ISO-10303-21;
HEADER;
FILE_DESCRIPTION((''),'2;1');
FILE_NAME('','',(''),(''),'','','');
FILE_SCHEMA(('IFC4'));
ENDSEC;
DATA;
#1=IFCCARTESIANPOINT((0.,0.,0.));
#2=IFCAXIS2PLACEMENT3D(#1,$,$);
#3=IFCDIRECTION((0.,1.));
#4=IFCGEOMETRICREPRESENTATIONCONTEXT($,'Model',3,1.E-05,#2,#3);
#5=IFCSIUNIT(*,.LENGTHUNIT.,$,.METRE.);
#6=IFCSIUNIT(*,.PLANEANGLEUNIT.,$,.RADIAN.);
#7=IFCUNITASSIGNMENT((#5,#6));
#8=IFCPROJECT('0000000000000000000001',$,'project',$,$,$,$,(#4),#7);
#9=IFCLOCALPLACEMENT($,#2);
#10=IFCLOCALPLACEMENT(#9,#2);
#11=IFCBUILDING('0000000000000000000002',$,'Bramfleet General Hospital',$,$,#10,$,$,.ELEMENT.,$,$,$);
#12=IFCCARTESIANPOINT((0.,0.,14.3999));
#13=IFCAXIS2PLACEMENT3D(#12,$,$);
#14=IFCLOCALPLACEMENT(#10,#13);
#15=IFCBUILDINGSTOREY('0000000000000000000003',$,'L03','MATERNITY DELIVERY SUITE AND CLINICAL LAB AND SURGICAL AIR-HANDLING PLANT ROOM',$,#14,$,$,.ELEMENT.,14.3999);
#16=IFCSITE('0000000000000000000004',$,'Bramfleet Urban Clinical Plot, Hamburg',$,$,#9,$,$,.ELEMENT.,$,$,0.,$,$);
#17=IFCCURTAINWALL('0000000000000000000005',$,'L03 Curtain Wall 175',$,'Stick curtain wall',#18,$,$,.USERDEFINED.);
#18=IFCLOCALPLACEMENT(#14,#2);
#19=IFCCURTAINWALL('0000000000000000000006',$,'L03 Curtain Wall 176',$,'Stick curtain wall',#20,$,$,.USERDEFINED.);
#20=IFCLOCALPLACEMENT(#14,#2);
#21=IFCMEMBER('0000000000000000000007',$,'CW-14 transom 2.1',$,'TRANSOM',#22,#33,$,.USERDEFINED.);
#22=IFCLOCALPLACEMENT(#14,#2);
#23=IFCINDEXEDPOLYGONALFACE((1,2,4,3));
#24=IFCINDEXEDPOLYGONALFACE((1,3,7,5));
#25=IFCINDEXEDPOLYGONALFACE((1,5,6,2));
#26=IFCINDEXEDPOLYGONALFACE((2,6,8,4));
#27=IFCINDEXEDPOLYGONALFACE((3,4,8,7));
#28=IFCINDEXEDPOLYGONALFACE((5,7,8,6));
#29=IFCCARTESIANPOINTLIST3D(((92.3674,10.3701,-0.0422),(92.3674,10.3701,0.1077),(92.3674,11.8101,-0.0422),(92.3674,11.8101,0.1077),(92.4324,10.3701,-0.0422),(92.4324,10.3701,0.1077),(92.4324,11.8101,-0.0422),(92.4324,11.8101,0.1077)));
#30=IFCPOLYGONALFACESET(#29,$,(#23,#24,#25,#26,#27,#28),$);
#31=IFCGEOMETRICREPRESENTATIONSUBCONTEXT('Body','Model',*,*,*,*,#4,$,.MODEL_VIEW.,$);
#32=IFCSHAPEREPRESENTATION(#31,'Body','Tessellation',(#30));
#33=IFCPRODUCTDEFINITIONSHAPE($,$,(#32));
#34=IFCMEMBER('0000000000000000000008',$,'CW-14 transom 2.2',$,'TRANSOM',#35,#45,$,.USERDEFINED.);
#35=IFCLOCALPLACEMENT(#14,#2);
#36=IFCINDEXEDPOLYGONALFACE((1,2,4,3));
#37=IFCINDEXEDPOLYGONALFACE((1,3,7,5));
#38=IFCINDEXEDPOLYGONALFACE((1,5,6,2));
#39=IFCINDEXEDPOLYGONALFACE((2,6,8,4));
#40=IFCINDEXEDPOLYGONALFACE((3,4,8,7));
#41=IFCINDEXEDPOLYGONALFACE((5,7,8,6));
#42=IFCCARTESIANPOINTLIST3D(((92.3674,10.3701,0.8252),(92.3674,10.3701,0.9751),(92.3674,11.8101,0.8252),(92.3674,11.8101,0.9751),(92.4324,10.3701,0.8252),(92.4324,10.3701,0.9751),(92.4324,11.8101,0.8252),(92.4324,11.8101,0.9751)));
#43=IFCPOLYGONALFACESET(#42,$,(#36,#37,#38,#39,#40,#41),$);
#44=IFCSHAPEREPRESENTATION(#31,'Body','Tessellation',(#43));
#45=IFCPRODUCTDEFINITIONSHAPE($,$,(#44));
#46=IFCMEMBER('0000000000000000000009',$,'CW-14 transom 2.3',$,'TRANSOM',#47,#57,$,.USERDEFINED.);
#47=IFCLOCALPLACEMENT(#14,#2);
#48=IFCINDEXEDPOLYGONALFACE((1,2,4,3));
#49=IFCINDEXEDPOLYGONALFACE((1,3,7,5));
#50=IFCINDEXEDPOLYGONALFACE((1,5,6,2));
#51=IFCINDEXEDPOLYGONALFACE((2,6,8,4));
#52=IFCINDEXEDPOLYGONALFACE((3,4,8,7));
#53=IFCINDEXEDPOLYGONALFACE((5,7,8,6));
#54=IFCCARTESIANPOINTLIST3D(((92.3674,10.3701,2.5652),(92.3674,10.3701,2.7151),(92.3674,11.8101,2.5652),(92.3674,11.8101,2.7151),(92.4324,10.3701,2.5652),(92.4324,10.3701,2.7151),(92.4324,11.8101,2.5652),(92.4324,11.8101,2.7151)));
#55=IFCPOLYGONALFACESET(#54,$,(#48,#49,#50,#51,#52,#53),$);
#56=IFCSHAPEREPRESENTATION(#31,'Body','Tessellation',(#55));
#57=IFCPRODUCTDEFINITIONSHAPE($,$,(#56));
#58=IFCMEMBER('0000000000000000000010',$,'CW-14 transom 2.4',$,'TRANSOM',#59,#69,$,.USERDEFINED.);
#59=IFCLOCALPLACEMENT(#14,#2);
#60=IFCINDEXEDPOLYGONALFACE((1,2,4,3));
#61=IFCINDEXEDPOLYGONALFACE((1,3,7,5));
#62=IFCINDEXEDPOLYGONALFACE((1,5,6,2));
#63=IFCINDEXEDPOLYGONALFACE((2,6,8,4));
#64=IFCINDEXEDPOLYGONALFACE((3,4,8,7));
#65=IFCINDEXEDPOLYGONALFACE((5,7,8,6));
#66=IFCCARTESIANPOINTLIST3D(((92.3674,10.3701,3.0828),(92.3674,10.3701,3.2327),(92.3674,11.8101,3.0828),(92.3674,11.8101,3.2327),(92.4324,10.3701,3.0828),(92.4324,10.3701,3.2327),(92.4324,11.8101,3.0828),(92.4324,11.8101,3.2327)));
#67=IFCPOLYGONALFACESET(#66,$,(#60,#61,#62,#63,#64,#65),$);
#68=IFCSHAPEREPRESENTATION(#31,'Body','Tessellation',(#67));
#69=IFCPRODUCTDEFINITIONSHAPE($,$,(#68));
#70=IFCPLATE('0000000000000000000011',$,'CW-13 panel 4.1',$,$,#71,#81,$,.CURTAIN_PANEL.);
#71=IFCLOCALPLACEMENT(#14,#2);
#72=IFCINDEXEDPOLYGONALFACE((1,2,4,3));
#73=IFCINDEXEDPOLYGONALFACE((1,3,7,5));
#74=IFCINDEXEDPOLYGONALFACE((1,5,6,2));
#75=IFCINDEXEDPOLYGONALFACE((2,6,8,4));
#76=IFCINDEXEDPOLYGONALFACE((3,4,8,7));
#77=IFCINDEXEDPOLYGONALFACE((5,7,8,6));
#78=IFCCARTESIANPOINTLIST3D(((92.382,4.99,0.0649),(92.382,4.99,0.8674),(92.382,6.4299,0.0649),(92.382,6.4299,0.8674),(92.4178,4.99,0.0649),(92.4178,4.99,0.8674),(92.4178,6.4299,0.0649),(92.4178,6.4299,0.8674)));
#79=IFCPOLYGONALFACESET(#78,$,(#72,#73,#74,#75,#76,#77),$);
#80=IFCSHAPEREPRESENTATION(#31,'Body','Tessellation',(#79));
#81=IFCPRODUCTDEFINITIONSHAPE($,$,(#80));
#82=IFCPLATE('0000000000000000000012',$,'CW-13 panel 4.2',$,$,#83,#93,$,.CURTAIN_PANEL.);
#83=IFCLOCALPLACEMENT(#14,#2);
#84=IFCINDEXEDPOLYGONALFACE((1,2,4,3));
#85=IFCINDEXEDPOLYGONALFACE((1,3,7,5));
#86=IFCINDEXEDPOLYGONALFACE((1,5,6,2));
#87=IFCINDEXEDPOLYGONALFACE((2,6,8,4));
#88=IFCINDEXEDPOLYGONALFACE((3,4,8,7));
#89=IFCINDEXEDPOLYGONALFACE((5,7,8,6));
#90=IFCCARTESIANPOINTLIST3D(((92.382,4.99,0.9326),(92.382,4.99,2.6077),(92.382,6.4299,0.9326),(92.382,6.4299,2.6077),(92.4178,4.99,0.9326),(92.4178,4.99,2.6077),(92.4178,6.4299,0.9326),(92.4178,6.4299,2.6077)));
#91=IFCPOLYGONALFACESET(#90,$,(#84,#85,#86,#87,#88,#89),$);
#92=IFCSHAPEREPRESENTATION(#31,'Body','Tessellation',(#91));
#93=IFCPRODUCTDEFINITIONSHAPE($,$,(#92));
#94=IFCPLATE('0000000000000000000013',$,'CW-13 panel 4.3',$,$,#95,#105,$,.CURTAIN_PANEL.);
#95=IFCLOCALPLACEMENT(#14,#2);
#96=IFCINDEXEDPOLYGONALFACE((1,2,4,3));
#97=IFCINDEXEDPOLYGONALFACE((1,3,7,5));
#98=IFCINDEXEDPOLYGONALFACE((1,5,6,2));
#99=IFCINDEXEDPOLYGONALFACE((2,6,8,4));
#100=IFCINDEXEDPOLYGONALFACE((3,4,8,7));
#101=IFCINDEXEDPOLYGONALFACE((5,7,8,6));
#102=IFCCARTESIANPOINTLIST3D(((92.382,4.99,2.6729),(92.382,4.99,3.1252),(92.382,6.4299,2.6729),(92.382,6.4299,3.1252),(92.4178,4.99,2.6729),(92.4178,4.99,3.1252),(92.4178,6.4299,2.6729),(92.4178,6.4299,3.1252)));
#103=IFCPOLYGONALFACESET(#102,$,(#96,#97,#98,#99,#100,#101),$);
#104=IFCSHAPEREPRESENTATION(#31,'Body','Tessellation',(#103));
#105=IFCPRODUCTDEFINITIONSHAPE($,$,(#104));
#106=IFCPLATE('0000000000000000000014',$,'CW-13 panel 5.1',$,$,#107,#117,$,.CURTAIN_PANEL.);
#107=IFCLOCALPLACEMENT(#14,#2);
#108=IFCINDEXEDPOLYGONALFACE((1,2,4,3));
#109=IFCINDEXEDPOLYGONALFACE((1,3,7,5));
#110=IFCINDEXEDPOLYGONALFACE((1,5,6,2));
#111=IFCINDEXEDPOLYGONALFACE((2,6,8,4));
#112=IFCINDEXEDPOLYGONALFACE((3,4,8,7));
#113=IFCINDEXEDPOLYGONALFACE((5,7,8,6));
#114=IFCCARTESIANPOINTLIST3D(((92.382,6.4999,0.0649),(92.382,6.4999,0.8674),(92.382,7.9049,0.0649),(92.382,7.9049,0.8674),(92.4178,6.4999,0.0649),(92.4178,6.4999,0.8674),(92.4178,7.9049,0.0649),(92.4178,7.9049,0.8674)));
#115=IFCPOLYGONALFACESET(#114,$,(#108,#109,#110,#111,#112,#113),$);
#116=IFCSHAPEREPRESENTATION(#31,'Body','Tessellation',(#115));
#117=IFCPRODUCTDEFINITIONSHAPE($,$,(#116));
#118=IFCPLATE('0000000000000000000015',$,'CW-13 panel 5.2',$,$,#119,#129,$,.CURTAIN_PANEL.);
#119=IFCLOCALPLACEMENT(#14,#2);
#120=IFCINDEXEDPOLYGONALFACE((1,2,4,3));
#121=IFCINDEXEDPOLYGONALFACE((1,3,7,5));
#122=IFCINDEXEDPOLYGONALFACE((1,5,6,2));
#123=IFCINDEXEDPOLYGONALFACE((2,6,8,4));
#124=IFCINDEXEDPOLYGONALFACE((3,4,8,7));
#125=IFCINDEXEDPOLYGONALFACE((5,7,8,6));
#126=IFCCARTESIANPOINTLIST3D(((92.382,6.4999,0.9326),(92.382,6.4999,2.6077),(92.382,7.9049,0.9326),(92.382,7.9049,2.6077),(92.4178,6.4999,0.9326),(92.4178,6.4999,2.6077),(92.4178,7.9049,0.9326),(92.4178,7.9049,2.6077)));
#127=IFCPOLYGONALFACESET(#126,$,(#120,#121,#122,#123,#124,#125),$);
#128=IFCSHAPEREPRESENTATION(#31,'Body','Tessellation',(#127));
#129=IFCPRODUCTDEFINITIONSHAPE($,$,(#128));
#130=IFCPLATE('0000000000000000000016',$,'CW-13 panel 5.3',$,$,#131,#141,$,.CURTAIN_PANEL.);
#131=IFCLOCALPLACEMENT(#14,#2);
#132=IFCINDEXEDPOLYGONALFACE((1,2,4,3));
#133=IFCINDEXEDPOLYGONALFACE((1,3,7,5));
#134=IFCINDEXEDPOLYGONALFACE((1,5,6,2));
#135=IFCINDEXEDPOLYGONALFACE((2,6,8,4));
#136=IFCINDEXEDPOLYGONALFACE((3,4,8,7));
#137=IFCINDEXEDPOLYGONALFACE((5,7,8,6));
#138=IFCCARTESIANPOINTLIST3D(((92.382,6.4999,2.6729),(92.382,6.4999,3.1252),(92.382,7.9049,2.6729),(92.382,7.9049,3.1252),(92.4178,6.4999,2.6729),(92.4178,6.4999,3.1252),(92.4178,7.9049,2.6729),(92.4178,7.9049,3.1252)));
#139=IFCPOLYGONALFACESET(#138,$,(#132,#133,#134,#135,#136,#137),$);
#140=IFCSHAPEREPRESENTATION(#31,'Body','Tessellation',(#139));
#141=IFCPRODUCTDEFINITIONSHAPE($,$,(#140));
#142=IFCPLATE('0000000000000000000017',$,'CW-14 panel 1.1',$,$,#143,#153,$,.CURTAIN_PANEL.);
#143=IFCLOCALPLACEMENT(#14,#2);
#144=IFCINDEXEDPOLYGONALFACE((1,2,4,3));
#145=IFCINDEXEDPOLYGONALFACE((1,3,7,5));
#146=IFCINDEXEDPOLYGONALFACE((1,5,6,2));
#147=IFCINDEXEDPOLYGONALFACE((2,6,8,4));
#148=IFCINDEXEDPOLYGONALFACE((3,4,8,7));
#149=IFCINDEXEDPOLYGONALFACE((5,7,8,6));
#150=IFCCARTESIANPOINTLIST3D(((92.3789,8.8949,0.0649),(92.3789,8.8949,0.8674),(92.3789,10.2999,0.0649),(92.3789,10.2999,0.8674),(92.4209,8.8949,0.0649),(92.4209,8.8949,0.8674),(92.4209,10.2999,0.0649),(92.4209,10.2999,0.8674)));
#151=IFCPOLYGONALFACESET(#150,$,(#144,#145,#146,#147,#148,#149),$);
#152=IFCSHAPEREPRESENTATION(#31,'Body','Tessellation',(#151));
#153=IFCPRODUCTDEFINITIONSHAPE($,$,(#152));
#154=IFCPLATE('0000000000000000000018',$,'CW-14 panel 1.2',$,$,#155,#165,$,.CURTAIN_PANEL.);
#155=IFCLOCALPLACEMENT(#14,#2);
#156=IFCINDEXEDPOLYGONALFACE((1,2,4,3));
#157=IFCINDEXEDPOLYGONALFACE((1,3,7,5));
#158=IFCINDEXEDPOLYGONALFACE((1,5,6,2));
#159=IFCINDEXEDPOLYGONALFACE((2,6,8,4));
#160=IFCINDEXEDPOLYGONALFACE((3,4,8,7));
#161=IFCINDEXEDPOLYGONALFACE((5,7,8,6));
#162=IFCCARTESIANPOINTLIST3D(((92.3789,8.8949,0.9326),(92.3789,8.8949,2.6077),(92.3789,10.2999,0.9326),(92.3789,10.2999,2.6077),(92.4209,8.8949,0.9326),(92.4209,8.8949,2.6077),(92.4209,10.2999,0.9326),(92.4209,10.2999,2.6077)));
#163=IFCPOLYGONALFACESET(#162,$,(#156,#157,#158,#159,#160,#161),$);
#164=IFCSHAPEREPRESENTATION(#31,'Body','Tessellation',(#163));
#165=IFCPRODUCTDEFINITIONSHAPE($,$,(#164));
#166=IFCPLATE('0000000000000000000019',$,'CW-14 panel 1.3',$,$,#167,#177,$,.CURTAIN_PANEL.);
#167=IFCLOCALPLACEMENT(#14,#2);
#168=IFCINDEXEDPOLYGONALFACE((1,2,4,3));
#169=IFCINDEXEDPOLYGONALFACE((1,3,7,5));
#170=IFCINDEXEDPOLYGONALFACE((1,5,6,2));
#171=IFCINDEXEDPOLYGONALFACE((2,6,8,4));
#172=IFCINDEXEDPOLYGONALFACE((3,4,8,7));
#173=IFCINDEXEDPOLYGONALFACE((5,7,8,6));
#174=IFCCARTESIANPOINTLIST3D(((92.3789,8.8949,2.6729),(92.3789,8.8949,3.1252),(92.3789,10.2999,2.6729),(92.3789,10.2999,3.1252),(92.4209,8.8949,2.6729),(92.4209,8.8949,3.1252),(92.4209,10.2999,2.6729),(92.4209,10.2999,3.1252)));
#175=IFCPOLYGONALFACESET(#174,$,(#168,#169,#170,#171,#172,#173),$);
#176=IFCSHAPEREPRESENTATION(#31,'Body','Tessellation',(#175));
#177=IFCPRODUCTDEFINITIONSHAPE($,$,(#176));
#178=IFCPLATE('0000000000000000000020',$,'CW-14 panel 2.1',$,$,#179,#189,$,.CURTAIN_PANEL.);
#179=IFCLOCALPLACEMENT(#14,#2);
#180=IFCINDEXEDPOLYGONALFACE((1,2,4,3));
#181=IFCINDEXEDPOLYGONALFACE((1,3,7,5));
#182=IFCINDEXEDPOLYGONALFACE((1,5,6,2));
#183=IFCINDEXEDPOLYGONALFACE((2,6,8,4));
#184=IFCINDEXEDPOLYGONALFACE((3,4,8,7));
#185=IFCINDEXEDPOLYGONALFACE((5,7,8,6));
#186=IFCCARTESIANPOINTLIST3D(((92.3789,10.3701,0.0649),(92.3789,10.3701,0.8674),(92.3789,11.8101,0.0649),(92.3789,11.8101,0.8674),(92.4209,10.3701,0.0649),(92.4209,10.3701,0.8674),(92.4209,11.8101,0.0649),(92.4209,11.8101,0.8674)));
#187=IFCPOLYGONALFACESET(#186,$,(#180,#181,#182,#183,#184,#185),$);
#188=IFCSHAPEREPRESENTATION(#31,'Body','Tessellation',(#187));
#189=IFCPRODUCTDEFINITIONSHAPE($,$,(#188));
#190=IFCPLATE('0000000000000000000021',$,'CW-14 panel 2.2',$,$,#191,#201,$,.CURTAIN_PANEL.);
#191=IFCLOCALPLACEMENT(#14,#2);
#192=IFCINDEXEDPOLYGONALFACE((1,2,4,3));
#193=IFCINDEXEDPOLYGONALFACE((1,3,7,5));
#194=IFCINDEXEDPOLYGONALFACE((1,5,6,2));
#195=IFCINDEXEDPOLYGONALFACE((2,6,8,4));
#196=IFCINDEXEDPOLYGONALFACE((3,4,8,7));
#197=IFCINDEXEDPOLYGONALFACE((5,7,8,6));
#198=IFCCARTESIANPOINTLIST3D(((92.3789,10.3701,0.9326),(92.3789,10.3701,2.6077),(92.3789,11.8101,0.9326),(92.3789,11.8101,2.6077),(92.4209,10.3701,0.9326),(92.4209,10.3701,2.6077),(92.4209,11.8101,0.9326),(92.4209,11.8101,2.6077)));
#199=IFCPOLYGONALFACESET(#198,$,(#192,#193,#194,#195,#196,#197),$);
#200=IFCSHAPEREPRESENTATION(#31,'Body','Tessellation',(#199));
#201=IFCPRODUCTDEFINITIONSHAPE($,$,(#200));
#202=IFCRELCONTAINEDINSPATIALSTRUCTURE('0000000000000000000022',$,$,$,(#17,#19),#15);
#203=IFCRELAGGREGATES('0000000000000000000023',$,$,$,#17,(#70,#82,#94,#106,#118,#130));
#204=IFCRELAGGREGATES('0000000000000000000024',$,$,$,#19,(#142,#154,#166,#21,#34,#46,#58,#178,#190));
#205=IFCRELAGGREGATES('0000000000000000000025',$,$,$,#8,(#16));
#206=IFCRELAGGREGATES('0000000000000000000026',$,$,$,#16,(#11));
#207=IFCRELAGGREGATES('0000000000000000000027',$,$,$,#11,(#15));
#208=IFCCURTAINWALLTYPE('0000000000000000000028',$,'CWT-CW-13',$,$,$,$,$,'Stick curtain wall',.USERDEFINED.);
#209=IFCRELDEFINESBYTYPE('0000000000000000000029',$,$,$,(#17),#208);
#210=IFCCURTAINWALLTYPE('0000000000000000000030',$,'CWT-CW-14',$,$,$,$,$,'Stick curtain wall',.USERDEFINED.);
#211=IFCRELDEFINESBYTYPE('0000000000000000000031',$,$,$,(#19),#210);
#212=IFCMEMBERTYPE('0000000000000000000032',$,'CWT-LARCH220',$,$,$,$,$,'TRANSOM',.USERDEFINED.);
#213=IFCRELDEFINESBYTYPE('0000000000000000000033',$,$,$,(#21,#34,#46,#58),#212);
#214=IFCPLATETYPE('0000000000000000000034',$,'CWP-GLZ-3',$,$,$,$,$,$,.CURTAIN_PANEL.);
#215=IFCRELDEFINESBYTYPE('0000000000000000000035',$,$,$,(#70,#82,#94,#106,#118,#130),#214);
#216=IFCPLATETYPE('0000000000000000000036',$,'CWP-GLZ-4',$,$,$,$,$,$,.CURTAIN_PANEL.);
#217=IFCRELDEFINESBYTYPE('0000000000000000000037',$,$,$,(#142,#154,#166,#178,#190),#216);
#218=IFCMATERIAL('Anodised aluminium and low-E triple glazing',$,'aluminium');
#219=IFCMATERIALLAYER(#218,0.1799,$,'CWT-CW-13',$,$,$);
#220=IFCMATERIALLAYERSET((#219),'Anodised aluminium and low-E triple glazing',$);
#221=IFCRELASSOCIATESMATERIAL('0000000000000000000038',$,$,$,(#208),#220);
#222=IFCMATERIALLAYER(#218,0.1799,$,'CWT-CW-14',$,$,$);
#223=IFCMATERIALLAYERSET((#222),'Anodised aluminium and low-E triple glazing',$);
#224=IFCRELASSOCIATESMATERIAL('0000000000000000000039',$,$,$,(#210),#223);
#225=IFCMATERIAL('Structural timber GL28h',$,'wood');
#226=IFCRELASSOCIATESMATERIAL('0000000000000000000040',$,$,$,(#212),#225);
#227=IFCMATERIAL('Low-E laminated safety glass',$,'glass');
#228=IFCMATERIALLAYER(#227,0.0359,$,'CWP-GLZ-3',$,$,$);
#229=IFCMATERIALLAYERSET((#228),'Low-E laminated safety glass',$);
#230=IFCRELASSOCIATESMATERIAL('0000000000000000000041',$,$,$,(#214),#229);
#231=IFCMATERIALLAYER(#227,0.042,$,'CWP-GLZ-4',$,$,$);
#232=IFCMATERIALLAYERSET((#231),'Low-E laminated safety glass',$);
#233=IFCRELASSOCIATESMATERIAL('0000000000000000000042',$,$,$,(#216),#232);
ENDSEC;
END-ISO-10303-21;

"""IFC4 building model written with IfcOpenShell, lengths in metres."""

from ifc_helpers import new_model, si_unit, direction, frame, origin, origin_2d, place, context, subcontext, project, spatial, rectangle, extrude, material, layer, layer_set, material_profile, profile_set, type_object, element, aggregate, save


model = new_model("IFC4")

# Units and contexts
model_context = context("Model", 3, precision=1e-05, world=origin(), true_north=direction((0.0, 1.0)))
body_context = subcontext(model_context, "Body", "Model", "MODEL_VIEW")
ifc_project = project(units=[si_unit("LENGTHUNIT", "METRE"), si_unit("PLANEANGLEUNIT", "RADIAN")], contexts=[model_context])

# Site, building, storey
site_placement = place(None, origin())
site = spatial("IfcSite", under=ifc_project, at=site_placement, Name="Bramfleet Urban Clinical Plot, Hamburg", CompositionType="ELEMENT", RefElevation=0.0)
building_placement = place(site_placement, origin())
building = spatial("IfcBuilding", under=site, at=building_placement, Name="Bramfleet General Hospital", CompositionType="ELEMENT")
storey_placement = place(building_placement, frame((0.0, 0.0, 14.3999)))
storey = spatial("IfcBuildingStorey", under=building, at=storey_placement, Name="L03", Description="MATERNITY DELIVERY SUITE AND CLINICAL LAB AND SURGICAL AIR-HANDLING PLANT ROOM", CompositionType="ELEMENT", Elevation=14.3999)

# Curtain walls
ifc_material_1 = material(Name="Anodised aluminium and low-E triple glazing", Category="aluminium")
ifc_layer_1 = layer(ifc_material_1, 0.1799, Name="CWT-CW-13")
ifc_layer_set_1 = layer_set([ifc_layer_1], Name="Anodised aluminium and low-E triple glazing")
curtain_wall_type_1 = type_object("IfcCurtainWallType", Name="CWT-CW-13", ElementType="Stick curtain wall", PredefinedType="USERDEFINED", material=ifc_layer_set_1)
curtain_wall_1_placement = place(storey_placement, origin())
curtain_wall_1 = element("IfcCurtainWall", 1, at=curtain_wall_1_placement, inside=storey, type_object=curtain_wall_type_1, Name="L03 Curtain Wall 175", ObjectType="Stick curtain wall", PredefinedType="USERDEFINED")
ifc_material_2 = material(Name="Structural timber GL28h", Category="wood")
ifc_layer_2 = layer(ifc_material_1, 0.1799, Name="CWT-CW-14")
ifc_layer_set_2 = layer_set([ifc_layer_2], Name="Anodised aluminium and low-E triple glazing")
curtain_wall_type_2 = type_object("IfcCurtainWallType", Name="CWT-CW-14", ElementType="Stick curtain wall", PredefinedType="USERDEFINED", material=ifc_layer_set_2)
curtain_wall_2_placement = place(storey_placement, origin())
curtain_wall_2 = element("IfcCurtainWall", 2, at=curtain_wall_2_placement, inside=storey, type_object=curtain_wall_type_2, Name="L03 Curtain Wall 176", ObjectType="Stick curtain wall", PredefinedType="USERDEFINED")

# Members
ifc_material_profile_1 = material_profile(ifc_material_2, rectangle(XDim=0.0649, YDim=0.1499, at=origin_2d()), Name="LARCH 150x65")
ifc_profile_set_1 = profile_set([ifc_material_profile_1], Name="Structural timber GL28h")
member_type_1 = type_object("IfcMemberType", Name="CWT-LARCH220", ElementType="TRANSOM", PredefinedType="USERDEFINED", material=ifc_profile_set_1)
member_1_placement = place(storey_placement, frame((92.3999, 10.3701, 0.0327), z_axis=(0.0, 1.0, 0.0), x_axis=(-1.0, 0.0, 0.0)))
member_1 = element("IfcMember", 3, at=member_1_placement, type_object=member_type_1, Name="CW-14 transom 2.1", ObjectType="TRANSOM", PredefinedType="USERDEFINED", context=body_context, shape_type="SweptSolid", body=[
    extrude(rectangle(XDim=0.0649, YDim=0.1499, at=origin_2d()), origin(), (0.0, 0.0, 1.0), 1.4399),
])
member_2_placement = place(storey_placement, frame((92.3999, 10.3701, 0.9001), z_axis=(0.0, 1.0, 0.0), x_axis=(-1.0, 0.0, 0.0)))
member_2 = element("IfcMember", 4, at=member_2_placement, type_object=member_type_1, Name="CW-14 transom 2.2", ObjectType="TRANSOM", PredefinedType="USERDEFINED", context=body_context, shape_type="SweptSolid", body=[
    extrude(rectangle(XDim=0.0649, YDim=0.1499, at=origin_2d()), origin(), (0.0, 0.0, 1.0), 1.4399),
])
member_3_placement = place(storey_placement, frame((92.3999, 10.3701, 2.6401), z_axis=(0.0, 1.0, 0.0), x_axis=(-1.0, 0.0, 0.0)))
member_3 = element("IfcMember", 5, at=member_3_placement, type_object=member_type_1, Name="CW-14 transom 2.3", ObjectType="TRANSOM", PredefinedType="USERDEFINED", context=body_context, shape_type="SweptSolid", body=[
    extrude(rectangle(XDim=0.0649, YDim=0.1499, at=origin_2d()), origin(), (0.0, 0.0, 1.0), 1.4399),
])
member_4_placement = place(storey_placement, frame((92.3999, 10.3701, 3.1577), z_axis=(0.0, 1.0, 0.0), x_axis=(-1.0, 0.0, 0.0)))
member_4 = element("IfcMember", 6, at=member_4_placement, type_object=member_type_1, Name="CW-14 transom 2.4", ObjectType="TRANSOM", PredefinedType="USERDEFINED", context=body_context, shape_type="SweptSolid", body=[
    extrude(rectangle(XDim=0.0649, YDim=0.1499, at=origin_2d()), origin(), (0.0, 0.0, 1.0), 1.4399),
])

# Plates
ifc_material_3 = material(Name="Low-E laminated safety glass", Category="glass")
ifc_layer_3 = layer(ifc_material_3, 0.0359, Name="CWP-GLZ-3")
ifc_layer_set_3 = layer_set([ifc_layer_3], Name="Low-E laminated safety glass")
plate_type_1 = type_object("IfcPlateType", Name="CWP-GLZ-3", PredefinedType="CURTAIN_PANEL", material=ifc_layer_set_3)
plate_1_placement = place(storey_placement, frame((92.3999, 5.71, 0.0649), z_axis=(0.0, 0.0, 1.0), x_axis=(0.0, 1.0, 0.0)))
plate_1 = element("IfcPlate", 7, at=plate_1_placement, type_object=plate_type_1, Name="CW-13 panel 4.1", PredefinedType="CURTAIN_PANEL", context=body_context, shape_type="SweptSolid", body=[
    extrude(rectangle(XDim=1.4399, YDim=0.0359, at=origin_2d()), origin(), (0.0, 0.0, 1.0), 0.8025),
])
plate_2_placement = place(storey_placement, frame((92.3999, 5.71, 0.9326), z_axis=(0.0, 0.0, 1.0), x_axis=(0.0, 1.0, 0.0)))
plate_2 = element("IfcPlate", 8, at=plate_2_placement, type_object=plate_type_1, Name="CW-13 panel 4.2", PredefinedType="CURTAIN_PANEL", context=body_context, shape_type="SweptSolid", body=[
    extrude(rectangle(XDim=1.4399, YDim=0.0359, at=origin_2d()), origin(), (0.0, 0.0, 1.0), 1.675),
])
plate_3_placement = place(storey_placement, frame((92.3999, 5.71, 2.6729), z_axis=(0.0, 0.0, 1.0), x_axis=(0.0, 1.0, 0.0)))
plate_3 = element("IfcPlate", 9, at=plate_3_placement, type_object=plate_type_1, Name="CW-13 panel 4.3", PredefinedType="CURTAIN_PANEL", context=body_context, shape_type="SweptSolid", body=[
    extrude(rectangle(XDim=1.4399, YDim=0.0359, at=origin_2d()), origin(), (0.0, 0.0, 1.0), 0.4524),
])
plate_4_placement = place(storey_placement, frame((92.3999, 7.2024, 0.0649), z_axis=(0.0, 0.0, 1.0), x_axis=(0.0, 1.0, 0.0)))
plate_4 = element("IfcPlate", 10, at=plate_4_placement, type_object=plate_type_1, Name="CW-13 panel 5.1", PredefinedType="CURTAIN_PANEL", context=body_context, shape_type="SweptSolid", body=[
    extrude(rectangle(XDim=1.405, YDim=0.0359, at=origin_2d()), origin(), (0.0, 0.0, 1.0), 0.8025),
])
plate_5_placement = place(storey_placement, frame((92.3999, 7.2024, 0.9326), z_axis=(0.0, 0.0, 1.0), x_axis=(0.0, 1.0, 0.0)))
plate_5 = element("IfcPlate", 11, at=plate_5_placement, type_object=plate_type_1, Name="CW-13 panel 5.2", PredefinedType="CURTAIN_PANEL", context=body_context, shape_type="SweptSolid", body=[
    extrude(rectangle(XDim=1.405, YDim=0.0359, at=origin_2d()), origin(), (0.0, 0.0, 1.0), 1.675),
])
plate_6_placement = place(storey_placement, frame((92.3999, 7.2024, 2.6729), z_axis=(0.0, 0.0, 1.0), x_axis=(0.0, 1.0, 0.0)))
plate_6 = element("IfcPlate", 12, at=plate_6_placement, type_object=plate_type_1, Name="CW-13 panel 5.3", PredefinedType="CURTAIN_PANEL", context=body_context, shape_type="SweptSolid", body=[
    extrude(rectangle(XDim=1.405, YDim=0.0359, at=origin_2d()), origin(), (0.0, 0.0, 1.0), 0.4524),
])
aggregate(curtain_wall_1, [plate_1, plate_2, plate_3, plate_4, plate_5, plate_6])
ifc_layer_4 = layer(ifc_material_3, 0.042, Name="CWP-GLZ-4")
ifc_layer_set_4 = layer_set([ifc_layer_4], Name="Low-E laminated safety glass")
plate_type_2 = type_object("IfcPlateType", Name="CWP-GLZ-4", PredefinedType="CURTAIN_PANEL", material=ifc_layer_set_4)
plate_7_placement = place(storey_placement, frame((92.3999, 9.5974, 0.0649), z_axis=(0.0, 0.0, 1.0), x_axis=(0.0, 1.0, 0.0)))
plate_7 = element("IfcPlate", 13, at=plate_7_placement, type_object=plate_type_2, Name="CW-14 panel 1.1", PredefinedType="CURTAIN_PANEL", context=body_context, shape_type="SweptSolid", body=[
    extrude(rectangle(XDim=1.405, YDim=0.042, at=origin_2d()), origin(), (0.0, 0.0, 1.0), 0.8025),
])
plate_8_placement = place(storey_placement, frame((92.3999, 9.5974, 0.9326), z_axis=(0.0, 0.0, 1.0), x_axis=(0.0, 1.0, 0.0)))
plate_8 = element("IfcPlate", 14, at=plate_8_placement, type_object=plate_type_2, Name="CW-14 panel 1.2", PredefinedType="CURTAIN_PANEL", context=body_context, shape_type="SweptSolid", body=[
    extrude(rectangle(XDim=1.405, YDim=0.042, at=origin_2d()), origin(), (0.0, 0.0, 1.0), 1.675),
])
plate_9_placement = place(storey_placement, frame((92.3999, 9.5974, 2.6729), z_axis=(0.0, 0.0, 1.0), x_axis=(0.0, 1.0, 0.0)))
plate_9 = element("IfcPlate", 15, at=plate_9_placement, type_object=plate_type_2, Name="CW-14 panel 1.3", PredefinedType="CURTAIN_PANEL", context=body_context, shape_type="SweptSolid", body=[
    extrude(rectangle(XDim=1.405, YDim=0.042, at=origin_2d()), origin(), (0.0, 0.0, 1.0), 0.4524),
])
plate_10_placement = place(storey_placement, frame((92.3999, 11.0901, 0.0649), z_axis=(0.0, 0.0, 1.0), x_axis=(0.0, 1.0, 0.0)))
plate_10 = element("IfcPlate", 16, at=plate_10_placement, type_object=plate_type_2, Name="CW-14 panel 2.1", PredefinedType="CURTAIN_PANEL", context=body_context, shape_type="SweptSolid", body=[
    extrude(rectangle(XDim=1.4399, YDim=0.042, at=origin_2d()), origin(), (0.0, 0.0, 1.0), 0.8025),
])
plate_11_placement = place(storey_placement, frame((92.3999, 11.0901, 0.9326), z_axis=(0.0, 0.0, 1.0), x_axis=(0.0, 1.0, 0.0)))
plate_11 = element("IfcPlate", 17, at=plate_11_placement, type_object=plate_type_2, Name="CW-14 panel 2.2", PredefinedType="CURTAIN_PANEL", context=body_context, shape_type="SweptSolid", body=[
    extrude(rectangle(XDim=1.4399, YDim=0.042, at=origin_2d()), origin(), (0.0, 0.0, 1.0), 1.675),
])
aggregate(curtain_wall_2, [plate_7, plate_8, plate_9, member_1, member_2, member_3, member_4, plate_10, plate_11])

save(model, "model.ifc")
